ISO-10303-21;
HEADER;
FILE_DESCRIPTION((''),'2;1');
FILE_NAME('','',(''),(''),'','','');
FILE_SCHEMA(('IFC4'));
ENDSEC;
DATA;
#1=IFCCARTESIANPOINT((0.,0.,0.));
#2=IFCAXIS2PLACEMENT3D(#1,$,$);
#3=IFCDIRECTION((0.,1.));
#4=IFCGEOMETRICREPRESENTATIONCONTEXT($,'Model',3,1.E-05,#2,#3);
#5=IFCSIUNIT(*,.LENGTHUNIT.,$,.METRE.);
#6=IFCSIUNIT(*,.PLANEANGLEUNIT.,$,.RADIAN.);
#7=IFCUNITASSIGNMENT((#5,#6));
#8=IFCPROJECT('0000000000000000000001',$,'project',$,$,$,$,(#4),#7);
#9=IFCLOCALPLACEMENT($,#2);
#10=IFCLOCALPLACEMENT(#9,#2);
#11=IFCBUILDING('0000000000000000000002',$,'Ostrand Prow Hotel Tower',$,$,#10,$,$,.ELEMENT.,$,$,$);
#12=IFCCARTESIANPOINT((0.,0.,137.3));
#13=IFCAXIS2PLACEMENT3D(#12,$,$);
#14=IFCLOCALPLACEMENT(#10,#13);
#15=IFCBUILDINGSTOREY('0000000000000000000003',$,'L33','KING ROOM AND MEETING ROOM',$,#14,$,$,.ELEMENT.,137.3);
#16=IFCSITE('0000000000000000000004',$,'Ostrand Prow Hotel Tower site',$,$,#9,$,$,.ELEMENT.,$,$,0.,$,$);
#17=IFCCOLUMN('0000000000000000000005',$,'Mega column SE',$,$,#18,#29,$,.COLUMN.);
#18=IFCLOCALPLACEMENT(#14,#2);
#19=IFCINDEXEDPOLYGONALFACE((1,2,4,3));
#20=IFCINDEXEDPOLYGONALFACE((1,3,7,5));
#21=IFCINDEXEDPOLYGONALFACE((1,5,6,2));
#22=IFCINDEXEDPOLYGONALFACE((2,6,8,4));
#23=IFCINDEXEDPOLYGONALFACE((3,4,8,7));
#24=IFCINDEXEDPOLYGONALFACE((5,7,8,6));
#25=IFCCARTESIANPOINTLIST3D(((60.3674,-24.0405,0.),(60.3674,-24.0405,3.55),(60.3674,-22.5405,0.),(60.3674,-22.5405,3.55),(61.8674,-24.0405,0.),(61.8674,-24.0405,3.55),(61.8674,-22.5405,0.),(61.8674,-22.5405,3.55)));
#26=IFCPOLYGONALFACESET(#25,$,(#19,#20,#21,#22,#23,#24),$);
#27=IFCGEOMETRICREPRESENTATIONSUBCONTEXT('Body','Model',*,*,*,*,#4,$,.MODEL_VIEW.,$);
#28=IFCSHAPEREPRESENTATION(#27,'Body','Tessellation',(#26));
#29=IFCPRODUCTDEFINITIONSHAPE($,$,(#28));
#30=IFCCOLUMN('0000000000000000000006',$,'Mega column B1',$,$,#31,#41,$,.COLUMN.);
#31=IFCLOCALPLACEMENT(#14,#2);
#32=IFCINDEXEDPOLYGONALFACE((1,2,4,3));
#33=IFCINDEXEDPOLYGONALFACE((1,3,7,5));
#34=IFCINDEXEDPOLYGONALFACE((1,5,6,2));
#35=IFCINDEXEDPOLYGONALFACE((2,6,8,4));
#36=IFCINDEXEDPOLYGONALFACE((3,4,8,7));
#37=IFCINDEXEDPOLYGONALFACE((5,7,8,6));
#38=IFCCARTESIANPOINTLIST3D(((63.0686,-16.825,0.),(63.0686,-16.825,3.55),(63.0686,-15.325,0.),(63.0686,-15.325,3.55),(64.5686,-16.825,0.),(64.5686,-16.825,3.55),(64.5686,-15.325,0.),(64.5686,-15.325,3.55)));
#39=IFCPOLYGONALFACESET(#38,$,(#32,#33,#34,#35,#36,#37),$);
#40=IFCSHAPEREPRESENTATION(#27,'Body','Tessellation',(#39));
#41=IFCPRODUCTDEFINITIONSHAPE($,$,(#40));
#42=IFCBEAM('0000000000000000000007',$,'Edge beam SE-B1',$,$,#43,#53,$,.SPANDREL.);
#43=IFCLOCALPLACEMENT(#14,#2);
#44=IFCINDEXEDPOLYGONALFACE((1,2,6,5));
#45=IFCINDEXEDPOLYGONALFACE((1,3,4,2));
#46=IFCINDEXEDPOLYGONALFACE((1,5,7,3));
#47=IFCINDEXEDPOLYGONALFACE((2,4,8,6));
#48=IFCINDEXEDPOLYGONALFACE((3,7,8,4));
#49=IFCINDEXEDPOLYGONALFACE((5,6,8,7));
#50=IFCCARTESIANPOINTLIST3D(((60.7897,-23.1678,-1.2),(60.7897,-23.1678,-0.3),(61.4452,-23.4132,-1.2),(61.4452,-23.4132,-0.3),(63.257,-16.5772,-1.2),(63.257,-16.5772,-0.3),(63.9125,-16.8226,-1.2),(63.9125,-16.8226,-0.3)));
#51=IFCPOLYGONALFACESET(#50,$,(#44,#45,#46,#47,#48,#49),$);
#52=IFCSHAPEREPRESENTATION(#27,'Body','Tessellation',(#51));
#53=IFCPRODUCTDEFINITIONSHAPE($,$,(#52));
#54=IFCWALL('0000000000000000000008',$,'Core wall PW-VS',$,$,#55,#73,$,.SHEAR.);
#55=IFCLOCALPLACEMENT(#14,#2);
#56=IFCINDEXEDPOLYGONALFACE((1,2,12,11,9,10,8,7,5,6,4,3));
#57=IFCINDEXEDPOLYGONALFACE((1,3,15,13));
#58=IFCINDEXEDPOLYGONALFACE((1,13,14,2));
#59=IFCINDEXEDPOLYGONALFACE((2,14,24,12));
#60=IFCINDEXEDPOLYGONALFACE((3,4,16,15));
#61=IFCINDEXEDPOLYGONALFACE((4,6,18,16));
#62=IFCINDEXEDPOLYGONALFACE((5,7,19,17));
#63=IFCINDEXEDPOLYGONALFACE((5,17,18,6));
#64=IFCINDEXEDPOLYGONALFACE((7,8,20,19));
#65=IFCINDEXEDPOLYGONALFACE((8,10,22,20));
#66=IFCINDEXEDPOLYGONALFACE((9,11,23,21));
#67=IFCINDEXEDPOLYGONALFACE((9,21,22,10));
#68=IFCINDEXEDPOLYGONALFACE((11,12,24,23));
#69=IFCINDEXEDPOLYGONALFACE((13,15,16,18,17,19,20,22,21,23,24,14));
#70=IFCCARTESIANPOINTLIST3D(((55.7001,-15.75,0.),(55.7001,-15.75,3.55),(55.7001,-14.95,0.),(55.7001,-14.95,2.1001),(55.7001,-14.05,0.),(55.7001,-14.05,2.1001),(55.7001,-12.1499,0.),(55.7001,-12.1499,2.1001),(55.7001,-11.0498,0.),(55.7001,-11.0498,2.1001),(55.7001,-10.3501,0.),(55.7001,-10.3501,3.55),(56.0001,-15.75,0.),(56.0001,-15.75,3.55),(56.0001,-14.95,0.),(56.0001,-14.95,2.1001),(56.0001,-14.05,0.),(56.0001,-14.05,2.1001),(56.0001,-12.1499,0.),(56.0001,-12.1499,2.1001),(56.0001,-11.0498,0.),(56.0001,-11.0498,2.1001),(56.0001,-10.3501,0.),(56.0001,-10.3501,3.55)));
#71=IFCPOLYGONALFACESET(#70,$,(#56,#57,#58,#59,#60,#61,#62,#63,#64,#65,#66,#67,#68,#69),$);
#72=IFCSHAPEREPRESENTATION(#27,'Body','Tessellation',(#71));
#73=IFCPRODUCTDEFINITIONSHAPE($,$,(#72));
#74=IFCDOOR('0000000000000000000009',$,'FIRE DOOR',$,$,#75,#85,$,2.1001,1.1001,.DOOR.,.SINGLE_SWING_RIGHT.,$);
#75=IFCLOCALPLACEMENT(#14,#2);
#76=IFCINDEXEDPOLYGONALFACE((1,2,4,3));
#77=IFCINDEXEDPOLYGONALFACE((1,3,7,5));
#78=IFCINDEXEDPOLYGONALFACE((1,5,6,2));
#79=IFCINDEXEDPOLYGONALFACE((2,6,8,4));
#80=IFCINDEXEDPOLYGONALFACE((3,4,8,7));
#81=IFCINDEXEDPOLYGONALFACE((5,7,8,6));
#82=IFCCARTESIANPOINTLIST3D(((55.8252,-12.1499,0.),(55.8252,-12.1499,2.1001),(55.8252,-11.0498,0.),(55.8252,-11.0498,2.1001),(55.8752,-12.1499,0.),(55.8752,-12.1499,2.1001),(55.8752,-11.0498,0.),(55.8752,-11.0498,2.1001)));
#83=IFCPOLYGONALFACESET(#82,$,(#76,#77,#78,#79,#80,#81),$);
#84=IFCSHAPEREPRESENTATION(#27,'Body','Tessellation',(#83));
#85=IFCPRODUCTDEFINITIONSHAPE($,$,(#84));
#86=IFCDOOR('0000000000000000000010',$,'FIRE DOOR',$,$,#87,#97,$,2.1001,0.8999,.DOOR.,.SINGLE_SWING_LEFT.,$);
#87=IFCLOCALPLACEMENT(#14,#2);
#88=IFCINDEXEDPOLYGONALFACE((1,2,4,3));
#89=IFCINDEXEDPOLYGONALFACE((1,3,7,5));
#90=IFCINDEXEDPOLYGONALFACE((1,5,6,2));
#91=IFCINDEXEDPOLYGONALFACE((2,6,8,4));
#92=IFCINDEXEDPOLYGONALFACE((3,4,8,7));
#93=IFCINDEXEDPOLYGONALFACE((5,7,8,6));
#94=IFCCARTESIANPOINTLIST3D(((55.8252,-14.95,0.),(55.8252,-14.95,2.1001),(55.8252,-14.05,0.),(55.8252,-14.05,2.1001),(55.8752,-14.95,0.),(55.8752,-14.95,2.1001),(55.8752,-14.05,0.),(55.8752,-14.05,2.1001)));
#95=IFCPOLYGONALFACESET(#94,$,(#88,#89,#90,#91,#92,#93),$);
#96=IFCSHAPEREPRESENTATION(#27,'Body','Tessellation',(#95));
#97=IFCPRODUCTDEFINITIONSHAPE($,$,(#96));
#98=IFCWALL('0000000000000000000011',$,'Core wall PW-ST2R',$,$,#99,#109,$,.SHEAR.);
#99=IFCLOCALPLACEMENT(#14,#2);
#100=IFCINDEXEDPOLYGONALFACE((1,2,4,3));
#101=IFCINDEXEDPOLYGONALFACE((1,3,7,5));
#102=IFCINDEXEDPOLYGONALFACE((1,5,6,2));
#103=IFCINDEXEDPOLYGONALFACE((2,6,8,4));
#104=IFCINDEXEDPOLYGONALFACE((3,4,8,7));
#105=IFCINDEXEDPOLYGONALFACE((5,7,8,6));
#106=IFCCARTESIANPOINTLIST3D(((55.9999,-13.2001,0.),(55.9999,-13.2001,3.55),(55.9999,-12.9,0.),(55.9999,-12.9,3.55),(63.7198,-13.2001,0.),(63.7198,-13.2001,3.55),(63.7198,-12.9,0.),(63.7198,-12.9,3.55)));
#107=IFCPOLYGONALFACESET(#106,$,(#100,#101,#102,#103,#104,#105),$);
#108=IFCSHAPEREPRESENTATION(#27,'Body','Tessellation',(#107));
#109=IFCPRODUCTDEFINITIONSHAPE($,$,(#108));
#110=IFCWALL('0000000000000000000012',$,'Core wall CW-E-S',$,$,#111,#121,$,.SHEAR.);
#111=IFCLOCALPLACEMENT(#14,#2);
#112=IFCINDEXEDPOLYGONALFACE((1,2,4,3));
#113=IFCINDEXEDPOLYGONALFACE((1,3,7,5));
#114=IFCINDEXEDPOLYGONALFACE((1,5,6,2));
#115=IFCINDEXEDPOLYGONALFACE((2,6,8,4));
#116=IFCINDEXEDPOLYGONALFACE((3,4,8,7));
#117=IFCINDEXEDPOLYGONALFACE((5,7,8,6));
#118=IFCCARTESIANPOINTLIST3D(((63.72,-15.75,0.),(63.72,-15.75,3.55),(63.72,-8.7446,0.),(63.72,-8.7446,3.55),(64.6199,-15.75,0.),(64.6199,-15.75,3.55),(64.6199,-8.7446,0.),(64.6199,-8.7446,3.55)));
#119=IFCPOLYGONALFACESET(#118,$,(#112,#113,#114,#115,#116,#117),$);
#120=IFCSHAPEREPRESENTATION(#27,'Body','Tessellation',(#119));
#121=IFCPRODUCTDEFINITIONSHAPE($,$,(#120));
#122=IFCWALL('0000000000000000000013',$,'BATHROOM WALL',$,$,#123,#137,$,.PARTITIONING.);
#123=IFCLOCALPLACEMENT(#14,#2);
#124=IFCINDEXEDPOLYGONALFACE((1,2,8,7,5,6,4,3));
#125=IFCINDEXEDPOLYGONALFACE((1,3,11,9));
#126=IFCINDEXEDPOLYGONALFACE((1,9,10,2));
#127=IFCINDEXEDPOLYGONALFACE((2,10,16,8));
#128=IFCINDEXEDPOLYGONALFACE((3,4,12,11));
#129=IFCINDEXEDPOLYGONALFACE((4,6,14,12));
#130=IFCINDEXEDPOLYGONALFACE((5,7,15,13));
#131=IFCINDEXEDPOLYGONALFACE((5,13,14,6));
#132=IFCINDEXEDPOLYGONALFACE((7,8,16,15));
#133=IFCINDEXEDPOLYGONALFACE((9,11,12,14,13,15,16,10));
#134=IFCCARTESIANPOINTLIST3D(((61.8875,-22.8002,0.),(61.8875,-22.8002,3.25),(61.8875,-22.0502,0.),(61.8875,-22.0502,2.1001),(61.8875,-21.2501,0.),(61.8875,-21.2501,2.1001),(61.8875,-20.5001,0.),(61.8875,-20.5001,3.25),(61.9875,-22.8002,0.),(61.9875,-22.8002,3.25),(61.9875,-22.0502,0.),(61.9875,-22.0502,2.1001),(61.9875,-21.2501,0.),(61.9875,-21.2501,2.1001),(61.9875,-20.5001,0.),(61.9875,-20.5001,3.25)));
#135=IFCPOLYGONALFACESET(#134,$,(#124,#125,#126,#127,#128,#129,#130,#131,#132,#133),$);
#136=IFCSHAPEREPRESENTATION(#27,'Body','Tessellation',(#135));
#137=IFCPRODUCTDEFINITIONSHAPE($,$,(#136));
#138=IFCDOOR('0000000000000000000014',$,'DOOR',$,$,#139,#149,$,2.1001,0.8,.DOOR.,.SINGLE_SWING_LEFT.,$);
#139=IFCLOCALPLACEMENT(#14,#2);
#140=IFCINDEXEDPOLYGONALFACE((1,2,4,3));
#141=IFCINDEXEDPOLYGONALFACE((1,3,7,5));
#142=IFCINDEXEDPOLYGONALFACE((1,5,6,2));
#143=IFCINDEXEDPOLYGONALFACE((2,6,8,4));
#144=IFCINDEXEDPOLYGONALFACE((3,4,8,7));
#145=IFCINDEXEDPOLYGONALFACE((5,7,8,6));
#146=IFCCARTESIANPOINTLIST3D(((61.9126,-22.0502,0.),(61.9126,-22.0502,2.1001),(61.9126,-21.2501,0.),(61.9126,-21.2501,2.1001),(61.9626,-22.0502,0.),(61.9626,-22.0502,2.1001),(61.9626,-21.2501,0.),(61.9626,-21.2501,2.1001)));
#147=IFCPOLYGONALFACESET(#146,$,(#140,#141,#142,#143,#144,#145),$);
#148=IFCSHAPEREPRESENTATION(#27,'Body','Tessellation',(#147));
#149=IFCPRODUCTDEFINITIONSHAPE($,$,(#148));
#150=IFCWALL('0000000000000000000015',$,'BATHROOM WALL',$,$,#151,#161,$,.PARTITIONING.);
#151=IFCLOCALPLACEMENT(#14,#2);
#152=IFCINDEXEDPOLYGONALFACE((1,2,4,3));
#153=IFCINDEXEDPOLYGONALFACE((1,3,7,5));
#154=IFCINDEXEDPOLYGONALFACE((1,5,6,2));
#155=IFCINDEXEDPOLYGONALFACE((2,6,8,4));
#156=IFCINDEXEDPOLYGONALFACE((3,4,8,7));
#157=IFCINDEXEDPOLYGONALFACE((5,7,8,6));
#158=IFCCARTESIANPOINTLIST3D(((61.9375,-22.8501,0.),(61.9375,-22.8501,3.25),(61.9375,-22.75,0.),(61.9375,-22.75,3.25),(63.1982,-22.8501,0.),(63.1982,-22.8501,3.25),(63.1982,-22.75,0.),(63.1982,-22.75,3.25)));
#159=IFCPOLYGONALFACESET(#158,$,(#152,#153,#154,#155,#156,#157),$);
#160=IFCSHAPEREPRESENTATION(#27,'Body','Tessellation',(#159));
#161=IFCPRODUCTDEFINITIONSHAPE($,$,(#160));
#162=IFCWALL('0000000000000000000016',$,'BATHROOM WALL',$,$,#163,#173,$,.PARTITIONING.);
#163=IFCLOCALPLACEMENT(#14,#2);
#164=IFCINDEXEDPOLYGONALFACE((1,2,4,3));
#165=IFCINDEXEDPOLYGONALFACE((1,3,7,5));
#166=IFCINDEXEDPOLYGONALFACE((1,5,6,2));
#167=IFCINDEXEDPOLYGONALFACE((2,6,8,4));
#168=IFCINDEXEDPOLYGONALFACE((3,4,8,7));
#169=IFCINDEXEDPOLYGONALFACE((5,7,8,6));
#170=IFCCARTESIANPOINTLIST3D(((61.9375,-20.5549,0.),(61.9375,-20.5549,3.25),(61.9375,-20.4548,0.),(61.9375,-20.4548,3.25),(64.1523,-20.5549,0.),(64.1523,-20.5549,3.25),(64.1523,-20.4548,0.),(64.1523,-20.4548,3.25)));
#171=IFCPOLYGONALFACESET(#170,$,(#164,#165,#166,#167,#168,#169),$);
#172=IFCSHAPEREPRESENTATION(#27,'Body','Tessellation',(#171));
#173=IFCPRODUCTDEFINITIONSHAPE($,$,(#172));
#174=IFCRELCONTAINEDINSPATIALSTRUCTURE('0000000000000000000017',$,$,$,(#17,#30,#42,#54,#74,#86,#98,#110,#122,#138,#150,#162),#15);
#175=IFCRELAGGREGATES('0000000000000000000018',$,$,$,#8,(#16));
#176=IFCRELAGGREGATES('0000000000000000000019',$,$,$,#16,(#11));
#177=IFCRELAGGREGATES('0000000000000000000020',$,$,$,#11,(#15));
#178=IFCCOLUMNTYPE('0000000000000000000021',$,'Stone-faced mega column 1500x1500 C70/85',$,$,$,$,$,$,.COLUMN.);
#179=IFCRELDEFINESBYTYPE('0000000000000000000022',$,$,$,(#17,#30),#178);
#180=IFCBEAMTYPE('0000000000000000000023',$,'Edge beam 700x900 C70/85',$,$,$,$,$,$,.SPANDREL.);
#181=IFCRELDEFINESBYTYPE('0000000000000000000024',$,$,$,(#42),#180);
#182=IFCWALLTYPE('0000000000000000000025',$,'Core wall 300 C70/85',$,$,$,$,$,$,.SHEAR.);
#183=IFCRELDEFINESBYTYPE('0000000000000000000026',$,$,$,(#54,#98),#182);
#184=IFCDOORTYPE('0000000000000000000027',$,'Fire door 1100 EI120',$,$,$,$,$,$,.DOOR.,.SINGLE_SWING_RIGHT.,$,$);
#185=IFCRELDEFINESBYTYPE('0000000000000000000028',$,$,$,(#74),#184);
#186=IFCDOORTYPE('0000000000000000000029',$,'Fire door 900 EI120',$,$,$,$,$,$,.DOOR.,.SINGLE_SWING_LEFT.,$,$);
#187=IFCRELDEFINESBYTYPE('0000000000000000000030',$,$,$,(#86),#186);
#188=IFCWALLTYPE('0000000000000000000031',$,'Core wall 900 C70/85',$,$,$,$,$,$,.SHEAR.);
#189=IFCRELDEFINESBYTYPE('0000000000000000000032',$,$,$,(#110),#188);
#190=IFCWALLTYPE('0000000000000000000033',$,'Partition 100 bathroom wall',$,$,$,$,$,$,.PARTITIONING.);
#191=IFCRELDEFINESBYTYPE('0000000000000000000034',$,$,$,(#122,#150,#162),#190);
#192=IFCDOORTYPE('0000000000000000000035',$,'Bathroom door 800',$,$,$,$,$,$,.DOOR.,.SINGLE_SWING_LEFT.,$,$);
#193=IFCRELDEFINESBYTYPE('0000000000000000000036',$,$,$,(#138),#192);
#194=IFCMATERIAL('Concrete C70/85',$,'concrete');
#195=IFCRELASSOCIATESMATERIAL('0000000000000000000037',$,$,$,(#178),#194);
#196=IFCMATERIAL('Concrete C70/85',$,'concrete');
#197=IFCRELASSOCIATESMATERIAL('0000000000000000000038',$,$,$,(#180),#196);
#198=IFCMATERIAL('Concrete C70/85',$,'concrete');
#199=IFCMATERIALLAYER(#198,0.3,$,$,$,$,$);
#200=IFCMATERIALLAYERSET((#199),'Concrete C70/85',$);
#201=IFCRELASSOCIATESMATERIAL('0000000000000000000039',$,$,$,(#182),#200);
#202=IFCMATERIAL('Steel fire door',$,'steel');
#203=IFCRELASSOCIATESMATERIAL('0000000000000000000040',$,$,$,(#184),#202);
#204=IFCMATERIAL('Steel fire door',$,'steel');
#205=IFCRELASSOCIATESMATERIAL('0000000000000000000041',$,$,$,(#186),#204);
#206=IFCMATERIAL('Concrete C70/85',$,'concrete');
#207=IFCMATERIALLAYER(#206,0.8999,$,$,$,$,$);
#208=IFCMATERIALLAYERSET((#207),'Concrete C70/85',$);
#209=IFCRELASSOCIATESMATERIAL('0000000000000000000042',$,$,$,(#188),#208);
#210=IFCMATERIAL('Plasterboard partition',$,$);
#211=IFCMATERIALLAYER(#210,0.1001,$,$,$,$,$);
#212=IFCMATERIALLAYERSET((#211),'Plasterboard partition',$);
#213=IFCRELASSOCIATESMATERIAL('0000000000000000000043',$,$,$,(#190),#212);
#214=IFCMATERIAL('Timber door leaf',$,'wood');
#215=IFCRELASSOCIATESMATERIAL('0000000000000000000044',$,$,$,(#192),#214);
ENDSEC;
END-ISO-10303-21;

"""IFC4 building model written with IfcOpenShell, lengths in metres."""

from ifc_helpers import new_model, si_unit, direction, frame, frame_2d, origin, origin_2d, place, context, subcontext, project, spatial, rectangle, extrude, material, layer, layer_set, material_profile, profile_set, type_object, element, fill, save


model = new_model("IFC4")

# Units and contexts
model_context = context("Model", 3, precision=1e-05, world=origin(), true_north=direction((0.0, 1.0)))
body_context = subcontext(model_context, "Body", "Model", "MODEL_VIEW")
ifc_project = project(units=[si_unit("LENGTHUNIT", "METRE"), si_unit("PLANEANGLEUNIT", "RADIAN")], contexts=[model_context])

# Site, building, storey
site_placement = place(None, origin())
site = spatial("IfcSite", under=ifc_project, at=site_placement, Name="Ostrand Prow Hotel Tower site", CompositionType="ELEMENT", RefElevation=0.0)
building_placement = place(site_placement, origin())
building = spatial("IfcBuilding", under=site, at=building_placement, Name="Ostrand Prow Hotel Tower", CompositionType="ELEMENT")
storey_placement = place(building_placement, frame((0.0, 0.0, 137.3)))
storey = spatial("IfcBuildingStorey", under=building, at=storey_placement, Name="L33", Description="KING ROOM AND MEETING ROOM", CompositionType="ELEMENT", Elevation=137.3)

# Columns
ifc_material_1 = material(Name="Concrete C70/85", Category="concrete")
ifc_material_profile_1 = material_profile(ifc_material_1, rectangle(XDim=1.5, YDim=1.5, at=origin_2d()), Name="RC 1500x1500")
ifc_profile_set_1 = profile_set([ifc_material_profile_1], Name="Concrete C70/85")
column_type = type_object("IfcColumnType", Name="Stone-faced mega column 1500x1500 C70/85", PredefinedType="COLUMN", material=ifc_profile_set_1)
for number, where, z_axis, x_axis, name in (
    (1, (61.1174, -23.2905, 0.0), (0.0, 0.0, 1.0), (1.0, 0.0, 0.0), "Mega column SE"),
    (2, (63.8186, -16.075, 0.0), (0.0, 0.0, 1.0), (1.0, 0.0, 0.0), "Mega column B1"),
):
    element("IfcColumn", number, at=place(storey_placement, frame(where, z_axis=z_axis, x_axis=x_axis)), inside=storey, type_object=column_type, Name=name, PredefinedType="COLUMN", context=body_context, shape_type="SweptSolid", body=[
        extrude(rectangle(XDim=1.5, YDim=1.5, at=origin_2d()), origin(), (0.0, 0.0, 1.0), 3.55),
    ])

# Beam
ifc_material_2 = material(Name="Concrete C70/85", Category="concrete")
ifc_material_profile_2 = material_profile(ifc_material_2, rectangle(XDim=0.7, YDim=0.8999, at=origin_2d()), Name="RC 700x900")
ifc_profile_set_2 = profile_set([ifc_material_profile_2], Name="Concrete C70/85")
beam_type = type_object("IfcBeamType", Name="Edge beam 700x900 C70/85", PredefinedType="SPANDREL", material=ifc_profile_set_2)
beam_placement = place(storey_placement, frame((61.1174, -23.2905, -0.75), z_axis=(0.350603, 0.936524, 0.0), x_axis=(-0.936524, 0.350603, 0.0)))
element("IfcBeam", 3, at=beam_placement, inside=storey, type_object=beam_type, Name="Edge beam SE-B1", PredefinedType="SPANDREL", context=body_context, shape_type="SweptSolid", body=[
    extrude(rectangle(XDim=0.7, YDim=0.8999, at=origin_2d()), origin(), (0.0, 0.0, 1.0), 7.0374),
])

# Wall, openings, doors
ifc_material_3 = material(Name="Concrete C70/85", Category="concrete")
ifc_layer_1 = layer(ifc_material_3, 0.3)
ifc_layer_set_1 = layer_set([ifc_layer_1], Name="Concrete C70/85")
wall_type_1 = type_object("IfcWallType", Name="Core wall 300 C70/85", PredefinedType="SHEAR", material=ifc_layer_set_1)
wall_1_placement = place(storey_placement, frame((55.8501, -15.75, 0.0), z_axis=(0.0, 0.0, 1.0), x_axis=(0.0, 1.0, 0.0)))
wall_1 = element("IfcWall", 4, at=wall_1_placement, inside=storey, type_object=wall_type_1, Name="Core wall PW-VS", PredefinedType="SHEAR", context=body_context, shape_type="SweptSolid", body=[
    extrude(rectangle(XDim=5.3999, YDim=0.3, at=frame_2d((2.7, 0.0))), origin(), (0.0, 0.0, 1.0), 3.55),
])
opening_1_placement = place(wall_1_placement, frame((3.6001, 0.0, 0.0)))
opening_1 = element("IfcOpeningElement", 5, at=opening_1_placement, cuts=wall_1, PredefinedType="OPENING", context=body_context, shape_type="SweptSolid", body=[
    extrude(rectangle(XDim=1.1001, YDim=2.1001, at=frame_2d((0.55, 1.05))), frame((0.0, 0.1599, 0.0), z_axis=(0.0, -1.0, 0.0), x_axis=(1.0, 0.0, 0.0)), (0.0, 0.0, 1.0), 0.3201),
])
opening_2_placement = place(wall_1_placement, frame((0.8, 0.0, 0.0)))
opening_2 = element("IfcOpeningElement", 6, at=opening_2_placement, cuts=wall_1, PredefinedType="OPENING", context=body_context, shape_type="SweptSolid", body=[
    extrude(rectangle(XDim=0.8999, YDim=2.1001, at=frame_2d((0.45, 1.05))), frame((0.0, 0.1599, 0.0), z_axis=(0.0, -1.0, 0.0), x_axis=(1.0, 0.0, 0.0)), (0.0, 0.0, 1.0), 0.3201),
])
ifc_material_4 = material(Name="Steel fire door", Category="steel")
door_type_1 = type_object("IfcDoorType", Name="Fire door 1100 EI120", OperationType="SINGLE_SWING_RIGHT", PredefinedType="DOOR", material=ifc_material_4)
door_1_placement = place(opening_1_placement, origin())
door_1 = element("IfcDoor", 7, at=door_1_placement, inside=storey, type_object=door_type_1, Name="FIRE DOOR", OperationType="SINGLE_SWING_RIGHT", OverallHeight=2.1001, OverallWidth=1.1001, PredefinedType="DOOR", context=body_context, shape_type="SweptSolid", body=[
    extrude(rectangle(XDim=1.1001, YDim=2.1001, at=frame_2d((0.55, 1.05))), frame((0.0, 0.0249, 0.0), z_axis=(0.0, -1.0, 0.0), x_axis=(1.0, 0.0, 0.0)), (0.0, 0.0, 1.0), 0.05),
])
fill(opening_1, door_1)
ifc_material_5 = material(Name="Steel fire door", Category="steel")
door_type_2 = type_object("IfcDoorType", Name="Fire door 900 EI120", OperationType="SINGLE_SWING_LEFT", PredefinedType="DOOR", material=ifc_material_5)
door_2_placement = place(opening_2_placement, origin())
door_2 = element("IfcDoor", 8, at=door_2_placement, inside=storey, type_object=door_type_2, Name="FIRE DOOR", OperationType="SINGLE_SWING_LEFT", OverallHeight=2.1001, OverallWidth=0.8999, PredefinedType="DOOR", context=body_context, shape_type="SweptSolid", body=[
    extrude(rectangle(XDim=0.8999, YDim=2.1001, at=frame_2d((0.45, 1.05))), frame((0.0, 0.0249, 0.0), z_axis=(0.0, -1.0, 0.0), x_axis=(1.0, 0.0, 0.0)), (0.0, 0.0, 1.0), 0.05),
])
fill(opening_2, door_2)

# Walls
wall_2_placement = place(storey_placement, frame((56.0, -13.05, 0.0), z_axis=(0.0, 0.0, 1.0), x_axis=(1.0, 0.0, 0.0)))
element("IfcWall", 9, at=wall_2_placement, inside=storey, type_object=wall_type_1, Name="Core wall PW-ST2R", PredefinedType="SHEAR", context=body_context, shape_type="SweptSolid", body=[
    extrude(rectangle(XDim=7.72, YDim=0.3, at=frame_2d((3.8599, 0.0))), origin(), (0.0, 0.0, 1.0), 3.55),
])
ifc_material_6 = material(Name="Concrete C70/85", Category="concrete")
ifc_layer_2 = layer(ifc_material_6, 0.8999)
ifc_layer_set_2 = layer_set([ifc_layer_2], Name="Concrete C70/85")
wall_type_2 = type_object("IfcWallType", Name="Core wall 900 C70/85", PredefinedType="SHEAR", material=ifc_layer_set_2)
wall_3_placement = place(storey_placement, frame((64.1699, -15.75, 0.0), z_axis=(0.0, 0.0, 1.0), x_axis=(0.0, 1.0, 0.0)))
element("IfcWall", 10, at=wall_3_placement, inside=storey, type_object=wall_type_2, Name="Core wall CW-E-S", PredefinedType="SHEAR", context=body_context, shape_type="SweptSolid", body=[
    extrude(rectangle(XDim=7.0054, YDim=0.8999, at=frame_2d((3.5027, 0.0))), origin(), (0.0, 0.0, 1.0), 3.55),
])

# Wall, opening, door
ifc_material_7 = material(Name="Plasterboard partition")
ifc_layer_3 = layer(ifc_material_7, 0.1001)
ifc_layer_set_3 = layer_set([ifc_layer_3], Name="Plasterboard partition")
wall_type_3 = type_object("IfcWallType", Name="Partition 100 bathroom wall", PredefinedType="PARTITIONING", material=ifc_layer_set_3)
wall_4_placement = place(storey_placement, frame((61.9375, -22.8, 0.0), z_axis=(0.0, 0.0, 1.0), x_axis=(0.0, 1.0, 0.0)))
wall_4 = element("IfcWall", 11, at=wall_4_placement, inside=storey, type_object=wall_type_3, Name="BATHROOM WALL", PredefinedType="PARTITIONING", context=body_context, shape_type="SweptSolid", body=[
    extrude(rectangle(XDim=2.3, YDim=0.1001, at=frame_2d((1.1499, 0.0))), origin(), (0.0, 0.0, 1.0), 3.25),
])
opening_3_placement = place(wall_4_placement, frame((0.75, 0.0, 0.0)))
opening_3 = element("IfcOpeningElement", 12, at=opening_3_placement, cuts=wall_4, PredefinedType="OPENING", context=body_context, shape_type="SweptSolid", body=[
    extrude(rectangle(XDim=0.8, YDim=2.1001, at=frame_2d((0.3999, 1.05))), frame((0.0, 0.0601, 0.0), z_axis=(0.0, -1.0, 0.0), x_axis=(1.0, 0.0, 0.0)), (0.0, 0.0, 1.0), 0.1201),
])
ifc_material_8 = material(Name="Timber door leaf", Category="wood")
door_type_3 = type_object("IfcDoorType", Name="Bathroom door 800", OperationType="SINGLE_SWING_LEFT", PredefinedType="DOOR", material=ifc_material_8)
door_3_placement = place(opening_3_placement, origin())
door_3 = element("IfcDoor", 13, at=door_3_placement, inside=storey, type_object=door_type_3, Name="DOOR", OperationType="SINGLE_SWING_LEFT", OverallHeight=2.1001, OverallWidth=0.8, PredefinedType="DOOR", context=body_context, shape_type="SweptSolid", body=[
    extrude(rectangle(XDim=0.8, YDim=2.1001, at=frame_2d((0.3999, 1.05))), frame((0.0, 0.0249, 0.0), z_axis=(0.0, -1.0, 0.0), x_axis=(1.0, 0.0, 0.0)), (0.0, 0.0, 1.0), 0.05),
])
fill(opening_3, door_3)

# Walls
wall_5_placement = place(storey_placement, frame((63.1982, -22.8, 0.0), z_axis=(0.0, 0.0, 1.0), x_axis=(-1.0, 0.0, 0.0)))
element("IfcWall", 14, at=wall_5_placement, inside=storey, type_object=wall_type_3, Name="BATHROOM WALL", PredefinedType="PARTITIONING", context=body_context, shape_type="SweptSolid", body=[
    extrude(rectangle(XDim=1.2607, YDim=0.1001, at=frame_2d((0.6304, 0.0))), origin(), (0.0, 0.0, 1.0), 3.25),
])
wall_6_placement = place(storey_placement, frame((61.9375, -20.5049, 0.0), z_axis=(0.0, 0.0, 1.0), x_axis=(1.0, 0.0, 0.0)))
element("IfcWall", 15, at=wall_6_placement, inside=storey, type_object=wall_type_3, Name="BATHROOM WALL", PredefinedType="PARTITIONING", context=body_context, shape_type="SweptSolid", body=[
    extrude(rectangle(XDim=2.2148, YDim=0.1001, at=frame_2d((1.1074, 0.0))), origin(), (0.0, 0.0, 1.0), 3.25),
])

save(model, "model.ifc")
